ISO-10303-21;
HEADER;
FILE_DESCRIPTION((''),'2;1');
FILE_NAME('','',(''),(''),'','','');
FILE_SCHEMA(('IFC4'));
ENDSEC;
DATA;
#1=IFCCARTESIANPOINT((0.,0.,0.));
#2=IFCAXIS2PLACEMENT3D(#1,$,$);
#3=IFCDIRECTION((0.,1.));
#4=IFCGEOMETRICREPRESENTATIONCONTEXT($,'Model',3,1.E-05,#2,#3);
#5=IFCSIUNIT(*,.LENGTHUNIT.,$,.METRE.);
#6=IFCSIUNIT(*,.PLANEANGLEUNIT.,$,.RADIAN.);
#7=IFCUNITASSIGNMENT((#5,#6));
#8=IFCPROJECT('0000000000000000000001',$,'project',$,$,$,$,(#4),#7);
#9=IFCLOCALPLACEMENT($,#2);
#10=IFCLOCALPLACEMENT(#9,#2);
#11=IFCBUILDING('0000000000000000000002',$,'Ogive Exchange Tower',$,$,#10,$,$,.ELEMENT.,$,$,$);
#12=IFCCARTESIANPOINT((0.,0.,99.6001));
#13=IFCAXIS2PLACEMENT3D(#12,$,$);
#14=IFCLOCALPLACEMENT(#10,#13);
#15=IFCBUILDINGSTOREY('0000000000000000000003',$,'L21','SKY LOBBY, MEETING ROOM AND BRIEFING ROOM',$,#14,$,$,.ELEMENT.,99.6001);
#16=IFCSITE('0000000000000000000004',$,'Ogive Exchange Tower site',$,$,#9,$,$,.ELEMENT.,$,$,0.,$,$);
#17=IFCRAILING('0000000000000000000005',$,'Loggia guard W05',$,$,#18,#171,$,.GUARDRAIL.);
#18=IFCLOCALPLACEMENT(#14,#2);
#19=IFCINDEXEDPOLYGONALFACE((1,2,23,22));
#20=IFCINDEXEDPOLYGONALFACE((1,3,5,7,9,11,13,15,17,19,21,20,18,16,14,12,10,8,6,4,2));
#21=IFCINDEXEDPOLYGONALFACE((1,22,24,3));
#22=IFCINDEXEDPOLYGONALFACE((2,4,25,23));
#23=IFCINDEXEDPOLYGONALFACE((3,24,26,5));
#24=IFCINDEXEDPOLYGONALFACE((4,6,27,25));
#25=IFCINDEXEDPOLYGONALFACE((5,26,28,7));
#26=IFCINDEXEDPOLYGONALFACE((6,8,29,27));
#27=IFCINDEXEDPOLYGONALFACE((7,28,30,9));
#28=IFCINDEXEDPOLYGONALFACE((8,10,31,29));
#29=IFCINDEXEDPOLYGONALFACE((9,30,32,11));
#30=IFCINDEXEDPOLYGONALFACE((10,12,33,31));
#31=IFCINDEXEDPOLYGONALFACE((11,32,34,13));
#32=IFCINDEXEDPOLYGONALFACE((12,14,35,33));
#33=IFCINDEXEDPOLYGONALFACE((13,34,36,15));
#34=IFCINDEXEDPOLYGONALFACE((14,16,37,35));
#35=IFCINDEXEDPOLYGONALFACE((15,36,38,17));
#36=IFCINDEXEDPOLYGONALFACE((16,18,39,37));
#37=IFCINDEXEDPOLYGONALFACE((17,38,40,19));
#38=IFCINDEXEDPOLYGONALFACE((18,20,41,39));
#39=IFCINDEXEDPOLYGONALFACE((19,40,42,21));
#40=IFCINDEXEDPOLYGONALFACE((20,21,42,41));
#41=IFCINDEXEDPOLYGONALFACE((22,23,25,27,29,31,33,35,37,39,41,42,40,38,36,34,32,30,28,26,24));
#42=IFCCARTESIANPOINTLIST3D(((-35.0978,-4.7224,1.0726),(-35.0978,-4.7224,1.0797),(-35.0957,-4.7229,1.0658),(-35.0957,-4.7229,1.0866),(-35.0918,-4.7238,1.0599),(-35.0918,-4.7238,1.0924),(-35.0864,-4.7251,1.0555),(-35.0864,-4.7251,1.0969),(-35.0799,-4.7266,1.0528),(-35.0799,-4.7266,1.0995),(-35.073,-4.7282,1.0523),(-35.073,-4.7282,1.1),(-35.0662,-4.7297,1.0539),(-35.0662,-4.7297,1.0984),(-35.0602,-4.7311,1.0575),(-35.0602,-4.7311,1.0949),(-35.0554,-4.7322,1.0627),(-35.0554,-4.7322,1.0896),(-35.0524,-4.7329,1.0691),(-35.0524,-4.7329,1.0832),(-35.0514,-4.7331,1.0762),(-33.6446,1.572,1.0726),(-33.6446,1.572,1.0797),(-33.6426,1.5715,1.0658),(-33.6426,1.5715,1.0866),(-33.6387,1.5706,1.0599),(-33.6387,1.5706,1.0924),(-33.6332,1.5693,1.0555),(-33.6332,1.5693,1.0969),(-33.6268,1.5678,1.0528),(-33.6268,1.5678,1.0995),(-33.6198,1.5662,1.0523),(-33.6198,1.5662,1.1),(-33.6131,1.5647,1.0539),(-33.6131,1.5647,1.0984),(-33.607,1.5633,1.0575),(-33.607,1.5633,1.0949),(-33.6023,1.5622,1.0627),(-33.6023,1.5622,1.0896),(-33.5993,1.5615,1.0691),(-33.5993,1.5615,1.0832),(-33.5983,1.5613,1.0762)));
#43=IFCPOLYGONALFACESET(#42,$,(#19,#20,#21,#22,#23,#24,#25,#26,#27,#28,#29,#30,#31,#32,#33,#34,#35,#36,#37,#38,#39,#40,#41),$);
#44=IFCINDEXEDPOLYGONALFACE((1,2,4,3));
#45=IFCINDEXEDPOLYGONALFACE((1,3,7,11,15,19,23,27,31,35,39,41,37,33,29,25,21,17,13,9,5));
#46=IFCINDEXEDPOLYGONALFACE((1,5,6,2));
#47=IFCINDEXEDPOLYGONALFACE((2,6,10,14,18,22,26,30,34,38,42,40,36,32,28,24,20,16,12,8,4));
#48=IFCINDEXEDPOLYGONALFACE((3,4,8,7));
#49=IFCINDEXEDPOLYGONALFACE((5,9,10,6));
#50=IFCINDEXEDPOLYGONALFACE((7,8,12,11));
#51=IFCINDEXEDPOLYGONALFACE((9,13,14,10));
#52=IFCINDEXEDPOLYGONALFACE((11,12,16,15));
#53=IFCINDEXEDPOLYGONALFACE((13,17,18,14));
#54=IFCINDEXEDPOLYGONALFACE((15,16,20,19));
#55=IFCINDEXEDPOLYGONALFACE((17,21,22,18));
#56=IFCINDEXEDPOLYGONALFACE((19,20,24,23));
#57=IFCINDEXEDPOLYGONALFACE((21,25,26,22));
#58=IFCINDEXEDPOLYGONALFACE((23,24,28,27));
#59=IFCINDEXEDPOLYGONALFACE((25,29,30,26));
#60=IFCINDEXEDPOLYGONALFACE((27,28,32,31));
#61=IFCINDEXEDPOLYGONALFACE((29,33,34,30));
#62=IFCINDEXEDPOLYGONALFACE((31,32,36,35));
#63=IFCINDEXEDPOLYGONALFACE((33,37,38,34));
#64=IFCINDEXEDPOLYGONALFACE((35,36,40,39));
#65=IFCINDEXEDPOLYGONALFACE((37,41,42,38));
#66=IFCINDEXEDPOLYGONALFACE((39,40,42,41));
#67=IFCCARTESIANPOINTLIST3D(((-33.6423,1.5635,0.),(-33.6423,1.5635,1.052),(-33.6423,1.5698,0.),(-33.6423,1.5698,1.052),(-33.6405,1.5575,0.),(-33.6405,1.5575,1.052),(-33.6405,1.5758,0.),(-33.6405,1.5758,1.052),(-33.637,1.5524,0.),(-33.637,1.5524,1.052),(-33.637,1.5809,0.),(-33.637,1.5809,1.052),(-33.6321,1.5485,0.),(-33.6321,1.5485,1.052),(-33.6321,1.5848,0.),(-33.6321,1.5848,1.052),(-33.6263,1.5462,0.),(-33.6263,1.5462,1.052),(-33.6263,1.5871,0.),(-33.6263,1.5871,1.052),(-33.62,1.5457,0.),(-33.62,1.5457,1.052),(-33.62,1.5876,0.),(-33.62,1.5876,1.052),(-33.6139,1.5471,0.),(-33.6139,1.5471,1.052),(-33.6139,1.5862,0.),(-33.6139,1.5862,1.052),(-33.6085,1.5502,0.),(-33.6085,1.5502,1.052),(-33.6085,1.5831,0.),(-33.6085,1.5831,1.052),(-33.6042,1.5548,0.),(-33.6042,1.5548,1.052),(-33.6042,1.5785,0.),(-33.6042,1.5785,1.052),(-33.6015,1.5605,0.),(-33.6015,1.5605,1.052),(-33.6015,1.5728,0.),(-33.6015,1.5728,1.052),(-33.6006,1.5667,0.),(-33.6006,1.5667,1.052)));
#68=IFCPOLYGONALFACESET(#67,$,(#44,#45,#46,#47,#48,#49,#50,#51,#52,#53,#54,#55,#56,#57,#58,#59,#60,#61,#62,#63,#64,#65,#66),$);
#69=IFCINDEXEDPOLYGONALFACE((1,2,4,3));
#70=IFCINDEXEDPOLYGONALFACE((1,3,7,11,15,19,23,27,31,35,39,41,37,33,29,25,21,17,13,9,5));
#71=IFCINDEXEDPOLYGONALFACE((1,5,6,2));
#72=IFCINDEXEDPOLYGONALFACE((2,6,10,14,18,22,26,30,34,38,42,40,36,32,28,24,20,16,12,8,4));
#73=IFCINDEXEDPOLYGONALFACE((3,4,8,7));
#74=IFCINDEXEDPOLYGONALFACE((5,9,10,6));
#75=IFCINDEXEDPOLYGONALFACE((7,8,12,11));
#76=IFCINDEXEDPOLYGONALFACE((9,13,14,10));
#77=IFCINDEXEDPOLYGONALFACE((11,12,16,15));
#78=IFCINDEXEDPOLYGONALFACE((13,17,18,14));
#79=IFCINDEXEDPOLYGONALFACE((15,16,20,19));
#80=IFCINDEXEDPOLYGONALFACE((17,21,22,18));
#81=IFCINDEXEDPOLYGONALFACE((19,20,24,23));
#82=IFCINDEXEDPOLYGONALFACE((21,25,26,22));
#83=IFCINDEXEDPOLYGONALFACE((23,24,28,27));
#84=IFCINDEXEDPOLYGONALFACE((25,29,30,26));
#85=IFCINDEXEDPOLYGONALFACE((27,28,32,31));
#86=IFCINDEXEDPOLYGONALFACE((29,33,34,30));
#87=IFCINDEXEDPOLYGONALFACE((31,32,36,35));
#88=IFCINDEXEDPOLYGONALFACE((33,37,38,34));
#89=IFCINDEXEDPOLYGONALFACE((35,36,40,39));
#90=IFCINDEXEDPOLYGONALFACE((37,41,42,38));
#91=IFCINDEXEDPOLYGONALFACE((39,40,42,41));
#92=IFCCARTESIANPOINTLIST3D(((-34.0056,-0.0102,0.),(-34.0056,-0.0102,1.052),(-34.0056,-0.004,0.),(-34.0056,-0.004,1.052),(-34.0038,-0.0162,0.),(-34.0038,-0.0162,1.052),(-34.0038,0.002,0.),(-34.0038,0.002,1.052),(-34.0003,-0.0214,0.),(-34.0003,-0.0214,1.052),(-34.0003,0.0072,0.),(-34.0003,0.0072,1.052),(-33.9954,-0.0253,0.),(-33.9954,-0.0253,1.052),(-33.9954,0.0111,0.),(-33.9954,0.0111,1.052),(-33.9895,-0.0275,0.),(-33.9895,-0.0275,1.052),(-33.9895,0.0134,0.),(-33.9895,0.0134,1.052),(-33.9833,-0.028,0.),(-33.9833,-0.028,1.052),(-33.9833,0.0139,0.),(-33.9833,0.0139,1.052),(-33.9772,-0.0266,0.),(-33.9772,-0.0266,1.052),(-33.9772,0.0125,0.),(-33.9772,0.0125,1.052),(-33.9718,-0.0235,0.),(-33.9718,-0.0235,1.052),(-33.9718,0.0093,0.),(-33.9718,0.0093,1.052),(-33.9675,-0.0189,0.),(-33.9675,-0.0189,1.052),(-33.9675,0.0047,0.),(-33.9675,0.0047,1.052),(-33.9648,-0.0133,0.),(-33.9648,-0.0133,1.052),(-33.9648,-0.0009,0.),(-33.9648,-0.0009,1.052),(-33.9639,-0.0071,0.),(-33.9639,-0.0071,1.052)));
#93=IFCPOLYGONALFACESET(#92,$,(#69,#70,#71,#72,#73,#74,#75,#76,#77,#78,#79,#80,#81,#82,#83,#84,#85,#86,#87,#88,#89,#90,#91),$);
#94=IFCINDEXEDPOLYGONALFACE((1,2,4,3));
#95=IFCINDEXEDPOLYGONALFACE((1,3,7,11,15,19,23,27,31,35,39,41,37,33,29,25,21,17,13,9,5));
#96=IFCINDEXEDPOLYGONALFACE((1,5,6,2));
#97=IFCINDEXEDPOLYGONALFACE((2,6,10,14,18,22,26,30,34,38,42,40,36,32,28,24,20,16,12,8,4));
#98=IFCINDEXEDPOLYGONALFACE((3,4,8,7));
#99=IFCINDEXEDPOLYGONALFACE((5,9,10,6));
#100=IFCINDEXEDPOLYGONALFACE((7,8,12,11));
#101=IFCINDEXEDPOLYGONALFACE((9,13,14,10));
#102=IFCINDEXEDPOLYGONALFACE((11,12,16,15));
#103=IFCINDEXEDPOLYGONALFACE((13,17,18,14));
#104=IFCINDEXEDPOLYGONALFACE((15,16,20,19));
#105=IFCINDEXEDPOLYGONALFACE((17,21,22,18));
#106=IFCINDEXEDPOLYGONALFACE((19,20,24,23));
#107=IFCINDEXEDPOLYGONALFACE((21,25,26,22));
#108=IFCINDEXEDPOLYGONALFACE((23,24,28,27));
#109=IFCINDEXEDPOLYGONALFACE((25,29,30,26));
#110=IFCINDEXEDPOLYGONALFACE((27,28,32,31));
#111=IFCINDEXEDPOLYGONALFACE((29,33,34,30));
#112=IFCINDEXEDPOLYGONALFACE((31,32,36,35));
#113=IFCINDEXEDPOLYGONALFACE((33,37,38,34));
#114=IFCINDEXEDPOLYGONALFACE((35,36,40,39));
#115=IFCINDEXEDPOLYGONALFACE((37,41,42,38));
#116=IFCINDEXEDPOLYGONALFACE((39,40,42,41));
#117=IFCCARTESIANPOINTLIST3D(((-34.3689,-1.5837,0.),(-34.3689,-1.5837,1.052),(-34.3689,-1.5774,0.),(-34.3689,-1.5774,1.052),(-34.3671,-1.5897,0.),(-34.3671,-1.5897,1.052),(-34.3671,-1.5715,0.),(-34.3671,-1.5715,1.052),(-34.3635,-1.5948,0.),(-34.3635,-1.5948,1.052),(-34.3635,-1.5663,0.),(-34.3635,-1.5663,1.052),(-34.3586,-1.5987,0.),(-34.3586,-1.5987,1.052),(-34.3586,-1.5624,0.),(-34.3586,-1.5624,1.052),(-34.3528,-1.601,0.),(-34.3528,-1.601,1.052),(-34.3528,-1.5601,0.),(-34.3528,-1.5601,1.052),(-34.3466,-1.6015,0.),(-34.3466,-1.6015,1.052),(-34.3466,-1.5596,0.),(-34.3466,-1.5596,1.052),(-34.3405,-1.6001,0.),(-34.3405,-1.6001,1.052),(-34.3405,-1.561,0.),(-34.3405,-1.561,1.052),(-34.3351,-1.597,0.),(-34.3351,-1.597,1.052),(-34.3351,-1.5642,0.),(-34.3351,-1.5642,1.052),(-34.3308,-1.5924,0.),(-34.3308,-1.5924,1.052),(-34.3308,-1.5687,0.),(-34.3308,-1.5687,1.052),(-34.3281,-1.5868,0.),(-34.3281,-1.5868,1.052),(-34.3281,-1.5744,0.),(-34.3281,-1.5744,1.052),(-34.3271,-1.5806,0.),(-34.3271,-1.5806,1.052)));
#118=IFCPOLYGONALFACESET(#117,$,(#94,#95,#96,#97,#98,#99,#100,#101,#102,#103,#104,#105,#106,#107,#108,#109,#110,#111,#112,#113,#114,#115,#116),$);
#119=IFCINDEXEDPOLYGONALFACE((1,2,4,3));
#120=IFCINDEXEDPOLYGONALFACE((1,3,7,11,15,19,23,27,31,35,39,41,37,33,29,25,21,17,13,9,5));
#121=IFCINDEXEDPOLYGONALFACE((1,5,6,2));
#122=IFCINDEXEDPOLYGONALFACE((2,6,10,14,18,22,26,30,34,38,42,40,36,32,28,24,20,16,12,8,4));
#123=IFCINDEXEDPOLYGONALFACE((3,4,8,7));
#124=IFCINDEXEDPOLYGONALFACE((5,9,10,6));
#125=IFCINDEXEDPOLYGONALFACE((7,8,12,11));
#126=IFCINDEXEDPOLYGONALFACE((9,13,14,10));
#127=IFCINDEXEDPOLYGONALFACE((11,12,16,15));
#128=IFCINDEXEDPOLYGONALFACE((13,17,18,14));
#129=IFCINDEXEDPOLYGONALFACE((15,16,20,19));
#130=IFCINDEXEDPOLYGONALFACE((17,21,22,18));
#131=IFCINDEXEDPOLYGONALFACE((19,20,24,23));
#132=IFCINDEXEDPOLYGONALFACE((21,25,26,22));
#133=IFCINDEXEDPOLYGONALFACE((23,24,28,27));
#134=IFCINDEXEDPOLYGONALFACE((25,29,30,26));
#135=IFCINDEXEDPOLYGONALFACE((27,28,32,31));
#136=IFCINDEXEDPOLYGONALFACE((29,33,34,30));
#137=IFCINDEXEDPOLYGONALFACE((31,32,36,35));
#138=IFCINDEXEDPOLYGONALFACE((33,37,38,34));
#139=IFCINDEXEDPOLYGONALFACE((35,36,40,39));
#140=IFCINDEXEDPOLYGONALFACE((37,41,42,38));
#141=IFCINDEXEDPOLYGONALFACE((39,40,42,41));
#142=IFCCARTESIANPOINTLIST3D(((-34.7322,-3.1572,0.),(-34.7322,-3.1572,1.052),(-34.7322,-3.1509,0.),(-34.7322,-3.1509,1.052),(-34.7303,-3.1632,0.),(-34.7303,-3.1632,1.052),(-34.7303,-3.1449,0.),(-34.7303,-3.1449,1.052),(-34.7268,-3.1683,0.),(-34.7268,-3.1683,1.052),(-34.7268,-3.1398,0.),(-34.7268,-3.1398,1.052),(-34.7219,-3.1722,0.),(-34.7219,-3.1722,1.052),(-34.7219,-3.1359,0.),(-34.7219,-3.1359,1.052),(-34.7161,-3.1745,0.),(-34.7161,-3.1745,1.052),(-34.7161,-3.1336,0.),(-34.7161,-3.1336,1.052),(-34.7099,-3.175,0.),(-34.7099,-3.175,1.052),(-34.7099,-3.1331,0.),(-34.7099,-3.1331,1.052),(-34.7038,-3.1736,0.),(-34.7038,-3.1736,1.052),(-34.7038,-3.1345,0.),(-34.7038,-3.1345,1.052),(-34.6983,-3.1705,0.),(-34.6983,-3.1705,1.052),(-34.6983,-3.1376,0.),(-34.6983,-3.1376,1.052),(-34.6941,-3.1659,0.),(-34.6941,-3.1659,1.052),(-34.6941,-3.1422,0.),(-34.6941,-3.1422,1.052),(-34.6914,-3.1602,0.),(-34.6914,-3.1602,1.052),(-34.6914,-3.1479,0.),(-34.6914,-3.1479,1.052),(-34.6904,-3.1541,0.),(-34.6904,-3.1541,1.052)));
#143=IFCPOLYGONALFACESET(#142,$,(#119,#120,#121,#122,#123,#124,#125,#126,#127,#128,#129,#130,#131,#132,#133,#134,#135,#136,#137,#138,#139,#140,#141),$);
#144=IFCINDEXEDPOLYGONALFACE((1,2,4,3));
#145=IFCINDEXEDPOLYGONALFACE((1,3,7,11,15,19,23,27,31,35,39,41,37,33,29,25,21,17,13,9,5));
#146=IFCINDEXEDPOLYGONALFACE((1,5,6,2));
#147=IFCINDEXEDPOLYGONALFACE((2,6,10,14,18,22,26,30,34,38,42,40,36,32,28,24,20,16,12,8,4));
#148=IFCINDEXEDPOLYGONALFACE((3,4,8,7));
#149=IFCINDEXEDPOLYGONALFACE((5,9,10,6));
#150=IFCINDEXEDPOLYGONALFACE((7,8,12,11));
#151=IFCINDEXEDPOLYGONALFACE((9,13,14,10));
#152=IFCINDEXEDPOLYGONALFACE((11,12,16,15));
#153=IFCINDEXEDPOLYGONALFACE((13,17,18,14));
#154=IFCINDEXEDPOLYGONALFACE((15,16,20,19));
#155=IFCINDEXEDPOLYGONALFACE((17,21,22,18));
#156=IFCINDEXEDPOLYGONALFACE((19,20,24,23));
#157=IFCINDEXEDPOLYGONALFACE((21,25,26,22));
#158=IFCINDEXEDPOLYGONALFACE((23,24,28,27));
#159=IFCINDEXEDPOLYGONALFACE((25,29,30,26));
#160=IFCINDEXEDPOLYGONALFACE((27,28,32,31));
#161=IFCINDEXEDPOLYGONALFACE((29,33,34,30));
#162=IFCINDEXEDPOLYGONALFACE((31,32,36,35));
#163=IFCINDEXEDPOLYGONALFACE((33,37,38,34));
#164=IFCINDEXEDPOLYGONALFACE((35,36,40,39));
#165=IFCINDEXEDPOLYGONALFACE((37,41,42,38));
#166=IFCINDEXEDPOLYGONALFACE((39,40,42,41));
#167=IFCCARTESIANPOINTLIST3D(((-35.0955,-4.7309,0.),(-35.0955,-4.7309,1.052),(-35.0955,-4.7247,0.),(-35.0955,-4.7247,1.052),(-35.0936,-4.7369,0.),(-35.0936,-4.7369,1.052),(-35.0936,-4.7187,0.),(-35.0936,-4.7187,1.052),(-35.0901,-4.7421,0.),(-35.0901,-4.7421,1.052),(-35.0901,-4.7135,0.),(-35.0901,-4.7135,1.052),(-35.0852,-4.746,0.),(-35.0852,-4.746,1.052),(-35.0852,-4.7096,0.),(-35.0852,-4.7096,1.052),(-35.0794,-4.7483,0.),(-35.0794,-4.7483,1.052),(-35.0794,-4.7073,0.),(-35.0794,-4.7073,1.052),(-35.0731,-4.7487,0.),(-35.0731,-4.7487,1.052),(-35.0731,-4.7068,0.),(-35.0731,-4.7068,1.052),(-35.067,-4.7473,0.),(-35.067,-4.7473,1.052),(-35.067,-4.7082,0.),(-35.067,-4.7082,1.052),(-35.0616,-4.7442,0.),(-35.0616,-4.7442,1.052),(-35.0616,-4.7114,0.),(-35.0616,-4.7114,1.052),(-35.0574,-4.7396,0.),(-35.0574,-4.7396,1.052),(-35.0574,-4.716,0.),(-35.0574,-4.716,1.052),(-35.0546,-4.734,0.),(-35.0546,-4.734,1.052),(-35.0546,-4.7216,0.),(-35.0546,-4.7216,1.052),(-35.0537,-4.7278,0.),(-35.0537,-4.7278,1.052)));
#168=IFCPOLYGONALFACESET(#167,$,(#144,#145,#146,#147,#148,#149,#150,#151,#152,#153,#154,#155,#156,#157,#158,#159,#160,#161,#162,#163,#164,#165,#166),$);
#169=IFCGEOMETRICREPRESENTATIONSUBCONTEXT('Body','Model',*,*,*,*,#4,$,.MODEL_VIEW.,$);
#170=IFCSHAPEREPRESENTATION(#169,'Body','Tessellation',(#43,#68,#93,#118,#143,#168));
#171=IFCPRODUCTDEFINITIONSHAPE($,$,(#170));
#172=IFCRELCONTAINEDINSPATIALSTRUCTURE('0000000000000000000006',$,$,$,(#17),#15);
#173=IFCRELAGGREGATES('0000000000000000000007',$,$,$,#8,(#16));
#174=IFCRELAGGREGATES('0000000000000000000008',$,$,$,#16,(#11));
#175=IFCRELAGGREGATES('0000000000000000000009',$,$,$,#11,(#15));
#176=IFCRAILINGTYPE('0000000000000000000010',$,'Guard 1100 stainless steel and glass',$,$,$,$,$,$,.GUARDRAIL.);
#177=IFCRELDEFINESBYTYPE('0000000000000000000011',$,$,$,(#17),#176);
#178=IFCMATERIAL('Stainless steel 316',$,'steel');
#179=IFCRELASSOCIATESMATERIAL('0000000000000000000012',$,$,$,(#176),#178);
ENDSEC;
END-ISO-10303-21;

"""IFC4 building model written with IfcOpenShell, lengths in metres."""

from ifc_helpers import new_model, si_unit, direction, frame, origin, origin_2d, place, context, subcontext, project, spatial, circle, extrude, material, type_object, element, save


model = new_model("IFC4")

# Units and contexts
model_context = context("Model", 3, precision=1e-05, world=origin(), true_north=direction((0.0, 1.0)))
body_context = subcontext(model_context, "Body", "Model", "MODEL_VIEW")
ifc_project = project(units=[si_unit("LENGTHUNIT", "METRE"), si_unit("PLANEANGLEUNIT", "RADIAN")], contexts=[model_context])

# Site, building, storey
site_placement = place(None, origin())
site = spatial("IfcSite", under=ifc_project, at=site_placement, Name="Ogive Exchange Tower site", CompositionType="ELEMENT", RefElevation=0.0)
building_placement = place(site_placement, origin())
building = spatial("IfcBuilding", under=site, at=building_placement, Name="Ogive Exchange Tower", CompositionType="ELEMENT")
storey_placement = place(building_placement, frame((0.0, 0.0, 99.6001)))
storey = spatial("IfcBuildingStorey", under=building, at=storey_placement, Name="L21", Description="SKY LOBBY, MEETING ROOM AND BRIEFING ROOM", CompositionType="ELEMENT", Elevation=99.6001)

# Railing
ifc_material_1 = material(Name="Stainless steel 316", Category="steel")
railing_type = type_object("IfcRailingType", Name="Guard 1100 stainless steel and glass", PredefinedType="GUARDRAIL", material=ifc_material_1)
railing_placement = place(storey_placement, frame((-33.6216, 1.5667, 0.0)))
element("IfcRailing", 1, at=railing_placement, inside=storey, type_object=railing_type, Name="Loggia guard W05", PredefinedType="GUARDRAIL", context=body_context, shape_type="SweptSolid", body=[
    extrude(circle(Radius=0.0239, at=origin_2d()), frame((0.0, 0.0, 1.0762), z_axis=(-0.224942, -0.974372, 0.0), x_axis=(0.974372, -0.224942, 0.0)), (0.0, 0.0, 1.0), 6.46),
    extrude(circle(Radius=0.021, at=origin_2d()), origin(), (0.0, 0.0, 1.0), 1.052),
    extrude(circle(Radius=0.021, at=origin_2d()), frame((-0.3633, -1.5737, 0.0)), (0.0, 0.0, 1.0), 1.052),
    extrude(circle(Radius=0.021, at=origin_2d()), frame((-0.7266, -3.1472, 0.0)), (0.0, 0.0, 1.0), 1.052),
    extrude(circle(Radius=0.021, at=origin_2d()), frame((-1.0898, -4.7207, 0.0)), (0.0, 0.0, 1.0), 1.052),
    extrude(circle(Radius=0.021, at=origin_2d()), frame((-1.4531, -6.2944, 0.0)), (0.0, 0.0, 1.0), 1.052),
])

save(model, "model.ifc")
